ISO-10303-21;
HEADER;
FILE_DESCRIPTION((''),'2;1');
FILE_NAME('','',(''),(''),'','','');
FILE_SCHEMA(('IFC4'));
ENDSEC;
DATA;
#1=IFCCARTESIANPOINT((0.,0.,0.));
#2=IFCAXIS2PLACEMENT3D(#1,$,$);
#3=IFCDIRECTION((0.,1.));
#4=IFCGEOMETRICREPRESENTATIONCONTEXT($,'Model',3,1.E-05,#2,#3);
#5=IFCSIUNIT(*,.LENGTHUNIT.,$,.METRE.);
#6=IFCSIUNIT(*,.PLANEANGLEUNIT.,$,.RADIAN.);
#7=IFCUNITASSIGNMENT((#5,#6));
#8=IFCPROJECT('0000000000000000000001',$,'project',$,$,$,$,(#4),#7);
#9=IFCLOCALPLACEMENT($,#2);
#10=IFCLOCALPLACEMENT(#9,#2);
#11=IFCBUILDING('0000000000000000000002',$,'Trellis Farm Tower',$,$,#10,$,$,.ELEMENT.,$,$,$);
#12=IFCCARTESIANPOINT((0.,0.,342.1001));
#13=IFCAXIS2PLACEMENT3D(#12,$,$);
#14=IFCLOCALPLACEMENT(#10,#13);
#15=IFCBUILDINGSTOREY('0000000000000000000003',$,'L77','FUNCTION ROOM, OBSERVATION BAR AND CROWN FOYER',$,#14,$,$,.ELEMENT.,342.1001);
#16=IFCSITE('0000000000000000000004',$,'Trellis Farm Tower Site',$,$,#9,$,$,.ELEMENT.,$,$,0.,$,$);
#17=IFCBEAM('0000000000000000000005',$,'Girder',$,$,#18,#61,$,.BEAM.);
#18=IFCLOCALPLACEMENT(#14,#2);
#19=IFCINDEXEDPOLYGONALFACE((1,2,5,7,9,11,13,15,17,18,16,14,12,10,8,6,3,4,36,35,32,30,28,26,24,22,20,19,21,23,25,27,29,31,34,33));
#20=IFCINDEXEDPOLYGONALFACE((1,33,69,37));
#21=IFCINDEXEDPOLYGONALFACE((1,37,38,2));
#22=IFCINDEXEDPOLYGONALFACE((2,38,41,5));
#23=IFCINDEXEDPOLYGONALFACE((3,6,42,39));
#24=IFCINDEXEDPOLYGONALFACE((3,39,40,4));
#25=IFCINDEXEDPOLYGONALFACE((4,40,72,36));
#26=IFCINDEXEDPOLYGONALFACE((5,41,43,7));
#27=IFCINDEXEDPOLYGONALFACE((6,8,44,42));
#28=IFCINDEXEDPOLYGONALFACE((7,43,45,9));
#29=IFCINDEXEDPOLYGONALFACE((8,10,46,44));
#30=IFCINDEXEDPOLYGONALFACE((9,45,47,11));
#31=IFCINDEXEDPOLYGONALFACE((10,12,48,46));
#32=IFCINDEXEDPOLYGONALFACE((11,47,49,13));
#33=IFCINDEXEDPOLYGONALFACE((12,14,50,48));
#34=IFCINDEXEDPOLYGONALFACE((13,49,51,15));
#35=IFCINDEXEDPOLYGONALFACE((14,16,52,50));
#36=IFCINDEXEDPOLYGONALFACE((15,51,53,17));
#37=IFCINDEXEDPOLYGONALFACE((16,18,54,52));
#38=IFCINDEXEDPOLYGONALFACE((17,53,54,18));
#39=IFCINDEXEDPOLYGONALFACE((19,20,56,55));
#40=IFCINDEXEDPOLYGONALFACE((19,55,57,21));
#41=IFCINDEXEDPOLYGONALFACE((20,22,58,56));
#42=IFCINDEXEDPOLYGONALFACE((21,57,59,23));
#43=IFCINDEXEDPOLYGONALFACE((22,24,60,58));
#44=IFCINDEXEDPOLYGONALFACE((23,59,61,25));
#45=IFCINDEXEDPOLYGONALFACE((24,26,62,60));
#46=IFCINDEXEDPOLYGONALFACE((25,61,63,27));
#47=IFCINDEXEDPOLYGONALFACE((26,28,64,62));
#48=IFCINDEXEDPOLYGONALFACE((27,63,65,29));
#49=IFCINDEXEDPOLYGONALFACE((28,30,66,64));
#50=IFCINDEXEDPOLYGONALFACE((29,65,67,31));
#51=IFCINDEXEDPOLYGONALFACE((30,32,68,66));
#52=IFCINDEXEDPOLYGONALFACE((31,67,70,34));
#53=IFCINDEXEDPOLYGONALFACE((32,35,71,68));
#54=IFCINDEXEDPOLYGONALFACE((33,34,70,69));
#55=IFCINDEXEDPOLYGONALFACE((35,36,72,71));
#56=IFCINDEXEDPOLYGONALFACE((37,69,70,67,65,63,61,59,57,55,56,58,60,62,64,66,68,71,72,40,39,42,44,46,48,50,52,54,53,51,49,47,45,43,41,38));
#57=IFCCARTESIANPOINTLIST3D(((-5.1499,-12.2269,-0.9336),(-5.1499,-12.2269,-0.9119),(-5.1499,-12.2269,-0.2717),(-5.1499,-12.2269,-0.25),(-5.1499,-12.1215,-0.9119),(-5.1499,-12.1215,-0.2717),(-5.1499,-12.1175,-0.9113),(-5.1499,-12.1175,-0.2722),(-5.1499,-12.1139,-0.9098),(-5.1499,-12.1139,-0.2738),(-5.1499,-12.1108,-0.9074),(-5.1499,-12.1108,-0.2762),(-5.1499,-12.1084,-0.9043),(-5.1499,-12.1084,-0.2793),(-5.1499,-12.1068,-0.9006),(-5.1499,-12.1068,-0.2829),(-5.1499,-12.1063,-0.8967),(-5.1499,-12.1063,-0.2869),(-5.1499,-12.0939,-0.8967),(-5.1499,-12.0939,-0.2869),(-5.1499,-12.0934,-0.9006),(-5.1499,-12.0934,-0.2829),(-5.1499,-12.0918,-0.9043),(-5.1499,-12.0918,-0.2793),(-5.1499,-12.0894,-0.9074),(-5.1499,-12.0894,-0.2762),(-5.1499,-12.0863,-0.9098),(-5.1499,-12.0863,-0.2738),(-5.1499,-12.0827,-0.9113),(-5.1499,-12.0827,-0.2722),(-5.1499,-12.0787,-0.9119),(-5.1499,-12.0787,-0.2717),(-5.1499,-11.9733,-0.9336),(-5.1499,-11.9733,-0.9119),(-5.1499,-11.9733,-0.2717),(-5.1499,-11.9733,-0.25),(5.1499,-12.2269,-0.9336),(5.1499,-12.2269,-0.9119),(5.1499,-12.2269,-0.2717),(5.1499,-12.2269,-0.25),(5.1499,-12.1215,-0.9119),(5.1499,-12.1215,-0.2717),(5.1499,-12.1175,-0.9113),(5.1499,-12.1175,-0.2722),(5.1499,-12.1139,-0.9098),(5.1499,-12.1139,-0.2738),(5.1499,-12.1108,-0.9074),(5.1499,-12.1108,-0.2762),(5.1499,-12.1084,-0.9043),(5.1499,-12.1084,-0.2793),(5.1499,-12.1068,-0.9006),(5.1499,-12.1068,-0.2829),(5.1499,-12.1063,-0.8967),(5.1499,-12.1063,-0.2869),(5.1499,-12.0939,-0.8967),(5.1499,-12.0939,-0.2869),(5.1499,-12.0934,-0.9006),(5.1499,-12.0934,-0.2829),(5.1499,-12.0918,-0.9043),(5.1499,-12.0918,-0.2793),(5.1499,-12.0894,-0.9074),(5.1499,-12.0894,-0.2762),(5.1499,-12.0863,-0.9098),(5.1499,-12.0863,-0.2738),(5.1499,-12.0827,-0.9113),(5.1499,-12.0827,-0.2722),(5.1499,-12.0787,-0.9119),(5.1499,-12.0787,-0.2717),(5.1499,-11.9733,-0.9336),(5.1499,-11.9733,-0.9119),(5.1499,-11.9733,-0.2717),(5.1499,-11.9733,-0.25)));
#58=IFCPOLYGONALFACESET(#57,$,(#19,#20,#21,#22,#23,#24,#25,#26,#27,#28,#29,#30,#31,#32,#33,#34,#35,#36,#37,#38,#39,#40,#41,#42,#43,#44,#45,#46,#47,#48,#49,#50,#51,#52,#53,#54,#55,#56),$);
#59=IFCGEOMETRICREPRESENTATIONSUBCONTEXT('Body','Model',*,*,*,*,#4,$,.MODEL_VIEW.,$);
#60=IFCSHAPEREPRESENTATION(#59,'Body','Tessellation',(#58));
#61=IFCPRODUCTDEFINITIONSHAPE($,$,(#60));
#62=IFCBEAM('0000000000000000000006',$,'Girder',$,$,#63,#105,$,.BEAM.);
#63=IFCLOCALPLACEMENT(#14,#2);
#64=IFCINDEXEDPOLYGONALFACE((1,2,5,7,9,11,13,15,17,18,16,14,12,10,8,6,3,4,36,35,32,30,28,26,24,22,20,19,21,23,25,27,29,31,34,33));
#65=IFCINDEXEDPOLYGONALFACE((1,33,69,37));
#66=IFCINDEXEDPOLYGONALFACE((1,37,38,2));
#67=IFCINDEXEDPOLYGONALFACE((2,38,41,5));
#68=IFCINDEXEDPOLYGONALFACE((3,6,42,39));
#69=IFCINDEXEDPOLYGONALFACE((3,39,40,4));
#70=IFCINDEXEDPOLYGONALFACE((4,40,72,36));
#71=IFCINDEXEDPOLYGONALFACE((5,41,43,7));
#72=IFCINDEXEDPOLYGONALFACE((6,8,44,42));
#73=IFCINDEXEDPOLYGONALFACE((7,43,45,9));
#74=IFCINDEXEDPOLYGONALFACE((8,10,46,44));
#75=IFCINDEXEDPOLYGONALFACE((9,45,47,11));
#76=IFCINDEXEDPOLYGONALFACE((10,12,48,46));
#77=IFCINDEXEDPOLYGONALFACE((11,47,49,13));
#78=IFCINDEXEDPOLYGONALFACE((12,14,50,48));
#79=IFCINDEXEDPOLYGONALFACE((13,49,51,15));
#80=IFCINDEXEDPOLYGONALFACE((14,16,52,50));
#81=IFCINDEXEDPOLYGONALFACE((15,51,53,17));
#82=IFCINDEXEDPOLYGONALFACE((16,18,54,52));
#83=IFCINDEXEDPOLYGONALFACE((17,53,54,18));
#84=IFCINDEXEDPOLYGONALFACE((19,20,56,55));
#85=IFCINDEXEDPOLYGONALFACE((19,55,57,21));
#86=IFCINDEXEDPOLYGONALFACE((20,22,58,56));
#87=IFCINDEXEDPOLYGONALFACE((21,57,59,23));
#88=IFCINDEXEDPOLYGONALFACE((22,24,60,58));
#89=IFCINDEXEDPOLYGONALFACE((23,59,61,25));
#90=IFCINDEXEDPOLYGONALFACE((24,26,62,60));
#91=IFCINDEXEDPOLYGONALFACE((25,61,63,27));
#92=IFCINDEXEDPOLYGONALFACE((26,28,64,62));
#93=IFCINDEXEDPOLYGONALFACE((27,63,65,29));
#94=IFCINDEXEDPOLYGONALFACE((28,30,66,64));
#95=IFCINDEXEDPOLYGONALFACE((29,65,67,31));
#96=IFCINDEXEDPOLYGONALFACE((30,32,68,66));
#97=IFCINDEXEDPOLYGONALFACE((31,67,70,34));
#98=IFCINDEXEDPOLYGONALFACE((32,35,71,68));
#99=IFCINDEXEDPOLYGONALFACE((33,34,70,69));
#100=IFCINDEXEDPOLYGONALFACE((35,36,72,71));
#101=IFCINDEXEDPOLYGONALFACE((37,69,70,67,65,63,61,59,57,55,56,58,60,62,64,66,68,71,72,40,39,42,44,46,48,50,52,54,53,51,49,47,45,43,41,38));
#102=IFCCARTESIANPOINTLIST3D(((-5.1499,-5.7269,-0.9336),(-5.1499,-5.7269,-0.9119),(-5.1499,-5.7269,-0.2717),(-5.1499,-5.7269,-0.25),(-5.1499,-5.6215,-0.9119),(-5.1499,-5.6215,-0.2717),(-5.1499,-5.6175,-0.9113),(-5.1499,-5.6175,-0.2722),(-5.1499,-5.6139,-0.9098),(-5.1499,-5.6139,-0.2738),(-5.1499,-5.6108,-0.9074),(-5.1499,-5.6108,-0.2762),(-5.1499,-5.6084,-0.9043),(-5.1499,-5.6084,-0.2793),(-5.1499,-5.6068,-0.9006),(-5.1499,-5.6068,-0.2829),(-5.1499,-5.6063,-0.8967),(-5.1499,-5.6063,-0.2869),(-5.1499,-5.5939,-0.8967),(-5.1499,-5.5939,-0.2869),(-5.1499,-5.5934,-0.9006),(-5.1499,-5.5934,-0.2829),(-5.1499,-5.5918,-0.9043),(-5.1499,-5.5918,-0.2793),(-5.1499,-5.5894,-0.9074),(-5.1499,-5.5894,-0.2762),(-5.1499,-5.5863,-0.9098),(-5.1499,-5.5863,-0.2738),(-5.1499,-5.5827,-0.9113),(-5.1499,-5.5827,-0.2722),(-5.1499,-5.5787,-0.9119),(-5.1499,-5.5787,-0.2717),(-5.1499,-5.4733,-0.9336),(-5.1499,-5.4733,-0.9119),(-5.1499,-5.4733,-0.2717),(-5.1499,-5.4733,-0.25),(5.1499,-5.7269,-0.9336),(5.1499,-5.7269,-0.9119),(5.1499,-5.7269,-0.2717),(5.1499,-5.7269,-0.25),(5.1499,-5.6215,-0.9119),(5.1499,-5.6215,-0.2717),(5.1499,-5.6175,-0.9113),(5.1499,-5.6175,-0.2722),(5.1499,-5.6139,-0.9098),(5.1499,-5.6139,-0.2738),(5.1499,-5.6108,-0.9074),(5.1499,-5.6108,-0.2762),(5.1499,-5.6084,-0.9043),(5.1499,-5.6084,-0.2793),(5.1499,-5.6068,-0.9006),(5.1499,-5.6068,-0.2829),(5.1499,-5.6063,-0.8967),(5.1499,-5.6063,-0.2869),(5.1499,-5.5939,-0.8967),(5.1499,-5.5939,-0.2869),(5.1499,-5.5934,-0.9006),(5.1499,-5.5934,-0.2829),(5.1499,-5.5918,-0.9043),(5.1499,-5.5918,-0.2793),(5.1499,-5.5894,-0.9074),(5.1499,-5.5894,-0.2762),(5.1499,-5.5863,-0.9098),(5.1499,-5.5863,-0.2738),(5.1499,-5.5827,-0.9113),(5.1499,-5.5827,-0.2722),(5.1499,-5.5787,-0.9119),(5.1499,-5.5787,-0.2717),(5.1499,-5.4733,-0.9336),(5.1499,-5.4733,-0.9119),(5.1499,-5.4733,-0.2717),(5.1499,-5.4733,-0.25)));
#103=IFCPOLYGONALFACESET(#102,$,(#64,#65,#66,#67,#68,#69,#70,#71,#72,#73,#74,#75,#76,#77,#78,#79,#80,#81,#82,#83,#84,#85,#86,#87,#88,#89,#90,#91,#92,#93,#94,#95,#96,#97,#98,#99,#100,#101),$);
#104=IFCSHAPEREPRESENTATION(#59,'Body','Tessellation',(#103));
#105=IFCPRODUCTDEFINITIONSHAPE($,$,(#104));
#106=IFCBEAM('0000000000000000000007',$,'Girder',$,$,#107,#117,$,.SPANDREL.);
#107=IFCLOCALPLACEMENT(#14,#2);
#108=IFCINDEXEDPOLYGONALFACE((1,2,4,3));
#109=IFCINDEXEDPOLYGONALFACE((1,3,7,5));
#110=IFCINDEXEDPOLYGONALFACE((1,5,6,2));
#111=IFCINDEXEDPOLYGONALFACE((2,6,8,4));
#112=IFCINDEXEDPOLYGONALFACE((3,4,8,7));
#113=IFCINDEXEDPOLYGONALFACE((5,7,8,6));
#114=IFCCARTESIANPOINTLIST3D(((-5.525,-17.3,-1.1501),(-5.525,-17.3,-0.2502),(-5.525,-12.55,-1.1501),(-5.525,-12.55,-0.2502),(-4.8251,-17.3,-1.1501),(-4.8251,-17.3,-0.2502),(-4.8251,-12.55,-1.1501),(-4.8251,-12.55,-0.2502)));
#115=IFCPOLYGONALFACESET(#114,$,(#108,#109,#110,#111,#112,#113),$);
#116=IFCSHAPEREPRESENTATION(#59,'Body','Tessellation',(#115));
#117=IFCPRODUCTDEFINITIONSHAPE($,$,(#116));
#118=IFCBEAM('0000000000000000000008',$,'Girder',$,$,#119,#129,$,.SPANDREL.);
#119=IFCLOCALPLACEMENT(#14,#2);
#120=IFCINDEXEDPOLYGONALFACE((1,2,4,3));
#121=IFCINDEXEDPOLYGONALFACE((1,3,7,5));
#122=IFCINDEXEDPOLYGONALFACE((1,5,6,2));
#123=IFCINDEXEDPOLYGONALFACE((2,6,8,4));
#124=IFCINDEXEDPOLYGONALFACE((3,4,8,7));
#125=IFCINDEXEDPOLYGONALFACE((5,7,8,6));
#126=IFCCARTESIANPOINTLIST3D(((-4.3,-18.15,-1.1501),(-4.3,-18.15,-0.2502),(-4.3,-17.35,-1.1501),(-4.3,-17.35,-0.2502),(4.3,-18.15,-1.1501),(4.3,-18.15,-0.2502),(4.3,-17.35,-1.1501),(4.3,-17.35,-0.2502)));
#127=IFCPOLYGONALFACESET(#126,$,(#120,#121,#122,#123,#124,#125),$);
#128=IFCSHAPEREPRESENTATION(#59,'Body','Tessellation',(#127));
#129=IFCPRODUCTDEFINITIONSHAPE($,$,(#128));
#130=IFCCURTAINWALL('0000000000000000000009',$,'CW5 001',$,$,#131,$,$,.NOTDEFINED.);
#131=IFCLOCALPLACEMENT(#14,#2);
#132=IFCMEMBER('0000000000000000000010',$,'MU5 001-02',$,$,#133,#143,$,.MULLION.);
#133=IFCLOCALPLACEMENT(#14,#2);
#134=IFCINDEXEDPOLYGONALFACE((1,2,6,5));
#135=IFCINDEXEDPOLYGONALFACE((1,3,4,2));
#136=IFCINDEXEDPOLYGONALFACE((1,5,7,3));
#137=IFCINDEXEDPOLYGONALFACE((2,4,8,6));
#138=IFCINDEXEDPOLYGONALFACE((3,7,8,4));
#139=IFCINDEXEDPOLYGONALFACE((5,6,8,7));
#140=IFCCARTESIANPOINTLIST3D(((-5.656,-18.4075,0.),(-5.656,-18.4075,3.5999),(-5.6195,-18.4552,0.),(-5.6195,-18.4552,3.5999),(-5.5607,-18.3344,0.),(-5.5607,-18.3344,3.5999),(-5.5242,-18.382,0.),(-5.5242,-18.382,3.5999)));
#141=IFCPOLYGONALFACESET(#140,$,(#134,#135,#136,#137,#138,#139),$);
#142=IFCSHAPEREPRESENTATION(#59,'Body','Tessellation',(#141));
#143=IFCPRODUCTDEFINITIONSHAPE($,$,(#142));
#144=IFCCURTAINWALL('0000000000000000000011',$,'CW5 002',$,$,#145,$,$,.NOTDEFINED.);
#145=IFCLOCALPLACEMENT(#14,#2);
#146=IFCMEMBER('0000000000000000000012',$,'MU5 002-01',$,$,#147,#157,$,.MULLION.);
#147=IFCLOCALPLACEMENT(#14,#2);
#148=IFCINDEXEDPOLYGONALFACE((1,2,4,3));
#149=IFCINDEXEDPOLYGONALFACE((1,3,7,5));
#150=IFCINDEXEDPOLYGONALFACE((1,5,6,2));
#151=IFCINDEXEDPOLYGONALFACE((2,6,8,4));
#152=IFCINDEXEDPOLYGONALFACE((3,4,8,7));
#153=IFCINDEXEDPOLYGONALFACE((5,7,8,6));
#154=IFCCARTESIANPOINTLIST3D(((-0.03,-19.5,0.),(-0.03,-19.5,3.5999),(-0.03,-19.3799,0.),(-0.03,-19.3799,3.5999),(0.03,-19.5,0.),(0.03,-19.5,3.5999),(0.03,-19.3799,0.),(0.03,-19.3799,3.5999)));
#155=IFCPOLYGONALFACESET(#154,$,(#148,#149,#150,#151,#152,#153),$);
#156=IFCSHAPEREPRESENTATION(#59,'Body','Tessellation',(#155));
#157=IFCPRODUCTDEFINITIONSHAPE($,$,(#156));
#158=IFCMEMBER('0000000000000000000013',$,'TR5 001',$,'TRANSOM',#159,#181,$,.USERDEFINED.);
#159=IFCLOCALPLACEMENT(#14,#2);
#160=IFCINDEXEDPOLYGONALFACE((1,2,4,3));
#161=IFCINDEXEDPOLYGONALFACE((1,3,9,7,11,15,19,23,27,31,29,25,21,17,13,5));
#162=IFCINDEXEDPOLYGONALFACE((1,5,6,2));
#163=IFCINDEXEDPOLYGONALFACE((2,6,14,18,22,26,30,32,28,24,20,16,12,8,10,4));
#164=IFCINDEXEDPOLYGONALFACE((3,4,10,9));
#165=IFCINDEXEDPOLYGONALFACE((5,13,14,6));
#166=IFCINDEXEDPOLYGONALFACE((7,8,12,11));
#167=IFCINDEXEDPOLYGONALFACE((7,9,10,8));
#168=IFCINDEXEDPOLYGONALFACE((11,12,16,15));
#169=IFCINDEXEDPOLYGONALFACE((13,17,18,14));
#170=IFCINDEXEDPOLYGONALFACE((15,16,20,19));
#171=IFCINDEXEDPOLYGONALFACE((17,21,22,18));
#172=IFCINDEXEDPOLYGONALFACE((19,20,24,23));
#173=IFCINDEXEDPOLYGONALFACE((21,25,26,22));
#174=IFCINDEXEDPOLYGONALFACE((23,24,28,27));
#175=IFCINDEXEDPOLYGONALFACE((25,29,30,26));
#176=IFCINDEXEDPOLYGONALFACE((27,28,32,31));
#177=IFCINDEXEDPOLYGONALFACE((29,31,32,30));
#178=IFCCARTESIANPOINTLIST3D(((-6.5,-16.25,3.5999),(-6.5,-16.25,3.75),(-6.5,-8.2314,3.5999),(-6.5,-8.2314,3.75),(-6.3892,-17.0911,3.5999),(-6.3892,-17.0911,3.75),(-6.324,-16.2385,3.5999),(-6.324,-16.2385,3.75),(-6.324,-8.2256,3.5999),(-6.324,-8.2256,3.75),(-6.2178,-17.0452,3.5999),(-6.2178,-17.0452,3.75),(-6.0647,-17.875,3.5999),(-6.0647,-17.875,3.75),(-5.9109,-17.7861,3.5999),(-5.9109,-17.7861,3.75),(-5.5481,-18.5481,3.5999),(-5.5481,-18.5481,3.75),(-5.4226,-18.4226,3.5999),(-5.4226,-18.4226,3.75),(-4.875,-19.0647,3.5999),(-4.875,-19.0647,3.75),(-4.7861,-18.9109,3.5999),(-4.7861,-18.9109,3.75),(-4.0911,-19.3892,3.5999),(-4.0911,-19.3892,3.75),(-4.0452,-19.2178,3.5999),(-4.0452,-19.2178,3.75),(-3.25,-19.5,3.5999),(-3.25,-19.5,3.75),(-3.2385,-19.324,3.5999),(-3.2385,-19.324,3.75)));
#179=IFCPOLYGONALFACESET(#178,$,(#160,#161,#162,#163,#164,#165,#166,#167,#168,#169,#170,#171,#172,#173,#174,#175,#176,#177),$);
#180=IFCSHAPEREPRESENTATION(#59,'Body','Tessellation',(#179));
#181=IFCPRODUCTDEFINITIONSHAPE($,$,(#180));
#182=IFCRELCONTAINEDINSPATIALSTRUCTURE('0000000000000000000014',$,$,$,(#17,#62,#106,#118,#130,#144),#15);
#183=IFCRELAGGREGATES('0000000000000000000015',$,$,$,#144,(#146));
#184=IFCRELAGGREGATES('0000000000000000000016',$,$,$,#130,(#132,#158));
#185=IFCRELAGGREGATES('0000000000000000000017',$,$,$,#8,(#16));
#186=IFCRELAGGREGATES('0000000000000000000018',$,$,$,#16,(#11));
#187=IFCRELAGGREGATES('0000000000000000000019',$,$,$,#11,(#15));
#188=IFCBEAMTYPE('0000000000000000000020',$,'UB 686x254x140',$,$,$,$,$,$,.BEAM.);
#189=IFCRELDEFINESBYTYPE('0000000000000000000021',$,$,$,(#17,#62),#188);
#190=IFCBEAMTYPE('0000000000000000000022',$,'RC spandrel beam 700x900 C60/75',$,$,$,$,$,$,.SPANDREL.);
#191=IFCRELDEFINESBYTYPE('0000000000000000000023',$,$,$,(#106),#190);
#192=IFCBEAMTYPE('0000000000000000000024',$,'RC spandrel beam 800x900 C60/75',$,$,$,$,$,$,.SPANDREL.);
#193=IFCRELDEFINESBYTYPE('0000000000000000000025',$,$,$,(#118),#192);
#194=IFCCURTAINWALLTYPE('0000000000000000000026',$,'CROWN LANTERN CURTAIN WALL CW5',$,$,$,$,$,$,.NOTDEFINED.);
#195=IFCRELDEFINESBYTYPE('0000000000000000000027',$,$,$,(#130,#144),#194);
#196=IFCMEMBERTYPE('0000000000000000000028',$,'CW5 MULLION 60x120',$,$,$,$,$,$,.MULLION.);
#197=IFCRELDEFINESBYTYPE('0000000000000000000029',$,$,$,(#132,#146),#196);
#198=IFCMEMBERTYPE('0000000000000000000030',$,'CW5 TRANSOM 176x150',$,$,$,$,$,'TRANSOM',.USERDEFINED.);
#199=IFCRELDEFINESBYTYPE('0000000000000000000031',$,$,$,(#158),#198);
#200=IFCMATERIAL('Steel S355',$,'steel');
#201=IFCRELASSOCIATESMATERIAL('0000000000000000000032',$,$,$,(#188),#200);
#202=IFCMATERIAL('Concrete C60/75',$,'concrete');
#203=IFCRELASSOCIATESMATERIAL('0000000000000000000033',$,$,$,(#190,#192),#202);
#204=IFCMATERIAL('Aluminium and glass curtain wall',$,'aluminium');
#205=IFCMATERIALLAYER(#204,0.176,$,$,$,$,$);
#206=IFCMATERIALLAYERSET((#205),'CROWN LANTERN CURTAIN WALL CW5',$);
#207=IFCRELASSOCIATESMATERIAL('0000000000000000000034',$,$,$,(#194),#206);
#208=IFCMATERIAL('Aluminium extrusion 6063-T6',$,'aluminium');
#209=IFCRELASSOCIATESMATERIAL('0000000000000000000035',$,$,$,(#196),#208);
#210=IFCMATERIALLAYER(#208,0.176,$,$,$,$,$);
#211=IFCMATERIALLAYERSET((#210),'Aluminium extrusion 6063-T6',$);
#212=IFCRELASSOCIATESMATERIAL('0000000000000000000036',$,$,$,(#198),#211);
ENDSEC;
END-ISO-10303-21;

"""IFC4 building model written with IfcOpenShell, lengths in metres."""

from ifc_helpers import new_model, si_unit, direction, frame, origin, origin_2d, place, context, subcontext, project, spatial, polyline, rectangle, i_section, outline, extrude, source, transform, mapped, material, layer, layer_set, material_profile, profile_set, type_object, element, aggregate, save


model = new_model("IFC4")

# Units and contexts
model_context = context("Model", 3, precision=1e-05, world=origin(), true_north=direction((0.0, 1.0)))
body_context = subcontext(model_context, "Body", "Model", "MODEL_VIEW")
ifc_project = project(units=[si_unit("LENGTHUNIT", "METRE"), si_unit("PLANEANGLEUNIT", "RADIAN")], contexts=[model_context])

# Site, building, storey
site_placement = place(None, origin())
site = spatial("IfcSite", under=ifc_project, at=site_placement, Name="Trellis Farm Tower Site", CompositionType="ELEMENT", RefElevation=0.0)
building_placement = place(site_placement, origin())
building = spatial("IfcBuilding", under=site, at=building_placement, Name="Trellis Farm Tower", CompositionType="ELEMENT")
storey_placement = place(building_placement, frame((0.0, 0.0, 342.1001)))
storey = spatial("IfcBuildingStorey", under=building, at=storey_placement, Name="L77", Description="FUNCTION ROOM, OBSERVATION BAR AND CROWN FOYER", CompositionType="ELEMENT", Elevation=342.1001)

# Beams
ifc_material_1 = material(Name="Steel S355", Category="steel")
ifc_material_profile_1 = material_profile(ifc_material_1, i_section(OverallWidth=0.2537, OverallDepth=0.6836, WebThickness=0.0125, FlangeThickness=0.0217, FilletRadius=0.0151, at=origin_2d()), Name="UB 686x254x140")
ifc_profile_set_1 = profile_set([ifc_material_profile_1], Name="Steel S355")
beam_type_1 = type_object("IfcBeamType", Name="UB 686x254x140", PredefinedType="BEAM", material=ifc_profile_set_1)
shared_shape_1 = source(origin(), body_context, "Body", "SweptSolid", [
    extrude(i_section(OverallWidth=0.2537, OverallDepth=0.6836, WebThickness=0.0125, FlangeThickness=0.0217, FilletRadius=0.0151, at=origin_2d()), origin(), (0.0, 0.0, 1.0), 10.2998),
])
for number, where, z_axis, x_axis, name in (
    (1, (-5.1499, -12.1001, -0.5918), (1.0, 0.0, 0.0), (0.0, 1.0, 0.0), "Girder"),
    (2, (-5.1499, -5.6001, -0.5918), (1.0, 0.0, 0.0), (0.0, 1.0, 0.0), "Girder"),
):
    element("IfcBeam", number, at=place(storey_placement, frame(where, z_axis=z_axis, x_axis=x_axis)), inside=storey, type_object=beam_type_1, Name=name, PredefinedType="BEAM", context=body_context, shape_type="MappedRepresentation", body=[
        mapped(shared_shape_1, transform((0.0, 0.0, 0.0))),
    ])
ifc_material_2 = material(Name="Concrete C60/75", Category="concrete")
ifc_material_profile_2 = material_profile(ifc_material_2, rectangle(XDim=0.7, YDim=0.8999, at=origin_2d()), Name="RC spandrel beam 700x900 C60/75")
ifc_profile_set_2 = profile_set([ifc_material_profile_2], Name="Concrete C60/75")
beam_type_2 = type_object("IfcBeamType", Name="RC spandrel beam 700x900 C60/75", PredefinedType="SPANDREL", material=ifc_profile_set_2)
shared_shape_2 = source(origin(), body_context, "Body", "SweptSolid", [
    extrude(rectangle(XDim=0.7, YDim=0.8999, at=origin_2d()), origin(), (0.0, 0.0, 1.0), 4.75),
])
beam_1_placement = place(storey_placement, frame((-5.175, -17.3, -0.7002), z_axis=(0.0, 1.0, 0.0), x_axis=(-1.0, 0.0, 0.0)))
element("IfcBeam", 3, at=beam_1_placement, inside=storey, type_object=beam_type_2, Name="Girder", PredefinedType="SPANDREL", context=body_context, shape_type="MappedRepresentation", body=[
    mapped(shared_shape_2, transform((0.0, 0.0, 0.0))),
])
ifc_material_profile_3 = material_profile(ifc_material_2, rectangle(XDim=0.8, YDim=0.8999, at=origin_2d()), Name="RC spandrel beam 800x900 C60/75")
ifc_profile_set_3 = profile_set([ifc_material_profile_3], Name="Concrete C60/75")
beam_type_3 = type_object("IfcBeamType", Name="RC spandrel beam 800x900 C60/75", PredefinedType="SPANDREL", material=ifc_profile_set_3)
shared_shape_3 = source(origin(), body_context, "Body", "SweptSolid", [
    extrude(rectangle(XDim=0.8, YDim=0.8999, at=origin_2d()), origin(), (0.0, 0.0, 1.0), 8.6001),
])
beam_2_placement = place(storey_placement, frame((-4.3, -17.75, -0.7002), z_axis=(1.0, 0.0, 0.0), x_axis=(0.0, 1.0, 0.0)))
element("IfcBeam", 4, at=beam_2_placement, inside=storey, type_object=beam_type_3, Name="Girder", PredefinedType="SPANDREL", context=body_context, shape_type="MappedRepresentation", body=[
    mapped(shared_shape_3, transform((0.0, 0.0, 0.0))),
])

# Curtain walls, members
ifc_material_3 = material(Name="Aluminium and glass curtain wall", Category="aluminium")
ifc_layer_1 = layer(ifc_material_3, 0.176)
ifc_layer_set_1 = layer_set([ifc_layer_1], Name="CROWN LANTERN CURTAIN WALL CW5")
curtain_wall_type = type_object("IfcCurtainWallType", Name="CROWN LANTERN CURTAIN WALL CW5", PredefinedType="NOTDEFINED", material=ifc_layer_set_1)
placement_1 = place(storey_placement, origin())
curtain_wall_1 = element("IfcCurtainWall", 5, at=placement_1, inside=storey, type_object=curtain_wall_type, Name="CW5 001", PredefinedType="NOTDEFINED")
ifc_material_4 = material(Name="Aluminium extrusion 6063-T6", Category="aluminium")
ifc_material_profile_4 = material_profile(ifc_material_4, rectangle(XDim=0.0601, YDim=0.1201, at=origin_2d()), Name="MULLION 60x120")
ifc_profile_set_4 = profile_set([ifc_material_profile_4], Name="Aluminium extrusion 6063-T6")
member_type_1 = type_object("IfcMemberType", Name="CW5 MULLION 60x120", PredefinedType="MULLION", material=ifc_profile_set_4)
shared_shape_4 = source(origin(), body_context, "Body", "SweptSolid", [
    extrude(rectangle(XDim=0.0601, YDim=0.1201, at=origin_2d()), origin(), (0.0, 0.0, 1.0), 3.5999),
])
member_1_placement = place(storey_placement, frame((-5.5901, -18.3948, 0.0), z_axis=(0.0, 0.0, 1.0), x_axis=(0.608761, -0.793353, 0.0)))
member_1 = element("IfcMember", 6, at=member_1_placement, type_object=member_type_1, Name="MU5 001-02", PredefinedType="MULLION", context=body_context, shape_type="MappedRepresentation", body=[
    mapped(shared_shape_4, transform((0.0, 0.0, 0.0))),
])
curtain_wall_2 = element("IfcCurtainWall", 7, at=placement_1, inside=storey, type_object=curtain_wall_type, Name="CW5 002", PredefinedType="NOTDEFINED")
member_2_placement = place(storey_placement, frame((0.0, -19.4399, 0.0), z_axis=(0.0, 0.0, 1.0), x_axis=(1.0, 0.0, 0.0)))
member_2 = element("IfcMember", 8, at=member_2_placement, type_object=member_type_1, Name="MU5 002-01", PredefinedType="MULLION", context=body_context, shape_type="MappedRepresentation", body=[
    mapped(shared_shape_4, transform((0.0, 0.0, 0.0))),
])

# Member
ifc_layer_2 = layer(ifc_material_4, 0.176)
ifc_layer_set_2 = layer_set([ifc_layer_2], Name="Aluminium extrusion 6063-T6")
member_type_2 = type_object("IfcMemberType", Name="CW5 TRANSOM 176x150", ElementType="TRANSOM", PredefinedType="USERDEFINED", material=ifc_layer_set_2)
shared_shape_5 = source(origin(), body_context, "Body", "SweptSolid", [
    extrude(outline(polyline([(-6.5, -8.2314), (-6.5, -16.25), (-6.3892, -17.0911), (-6.0647, -17.875), (-5.5481, -18.5481), (-4.875, -19.0647), (-4.0911, -19.3892), (-3.25, -19.5), (-3.2385, -19.324), (-4.0452, -19.2178), (-4.7861, -18.9109), (-5.4226, -18.4226), (-5.9109, -17.7861), (-6.2178, -17.0452), (-6.324, -16.2385), (-6.324, -8.2256), (-6.5, -8.2314)])), origin(), (0.0, 0.0, 1.0), 0.1501),
])
member_3_placement = place(storey_placement, frame((0.0, 0.0, 3.5999)))
member_3 = element("IfcMember", 9, at=member_3_placement, type_object=member_type_2, Name="TR5 001", ObjectType="TRANSOM", PredefinedType="USERDEFINED", context=body_context, shape_type="MappedRepresentation", body=[
    mapped(shared_shape_5, transform((0.0, 0.0, 0.0))),
])

aggregate(curtain_wall_2, [member_2])

aggregate(curtain_wall_1, [member_1, member_3])

save(model, "model.ifc")
